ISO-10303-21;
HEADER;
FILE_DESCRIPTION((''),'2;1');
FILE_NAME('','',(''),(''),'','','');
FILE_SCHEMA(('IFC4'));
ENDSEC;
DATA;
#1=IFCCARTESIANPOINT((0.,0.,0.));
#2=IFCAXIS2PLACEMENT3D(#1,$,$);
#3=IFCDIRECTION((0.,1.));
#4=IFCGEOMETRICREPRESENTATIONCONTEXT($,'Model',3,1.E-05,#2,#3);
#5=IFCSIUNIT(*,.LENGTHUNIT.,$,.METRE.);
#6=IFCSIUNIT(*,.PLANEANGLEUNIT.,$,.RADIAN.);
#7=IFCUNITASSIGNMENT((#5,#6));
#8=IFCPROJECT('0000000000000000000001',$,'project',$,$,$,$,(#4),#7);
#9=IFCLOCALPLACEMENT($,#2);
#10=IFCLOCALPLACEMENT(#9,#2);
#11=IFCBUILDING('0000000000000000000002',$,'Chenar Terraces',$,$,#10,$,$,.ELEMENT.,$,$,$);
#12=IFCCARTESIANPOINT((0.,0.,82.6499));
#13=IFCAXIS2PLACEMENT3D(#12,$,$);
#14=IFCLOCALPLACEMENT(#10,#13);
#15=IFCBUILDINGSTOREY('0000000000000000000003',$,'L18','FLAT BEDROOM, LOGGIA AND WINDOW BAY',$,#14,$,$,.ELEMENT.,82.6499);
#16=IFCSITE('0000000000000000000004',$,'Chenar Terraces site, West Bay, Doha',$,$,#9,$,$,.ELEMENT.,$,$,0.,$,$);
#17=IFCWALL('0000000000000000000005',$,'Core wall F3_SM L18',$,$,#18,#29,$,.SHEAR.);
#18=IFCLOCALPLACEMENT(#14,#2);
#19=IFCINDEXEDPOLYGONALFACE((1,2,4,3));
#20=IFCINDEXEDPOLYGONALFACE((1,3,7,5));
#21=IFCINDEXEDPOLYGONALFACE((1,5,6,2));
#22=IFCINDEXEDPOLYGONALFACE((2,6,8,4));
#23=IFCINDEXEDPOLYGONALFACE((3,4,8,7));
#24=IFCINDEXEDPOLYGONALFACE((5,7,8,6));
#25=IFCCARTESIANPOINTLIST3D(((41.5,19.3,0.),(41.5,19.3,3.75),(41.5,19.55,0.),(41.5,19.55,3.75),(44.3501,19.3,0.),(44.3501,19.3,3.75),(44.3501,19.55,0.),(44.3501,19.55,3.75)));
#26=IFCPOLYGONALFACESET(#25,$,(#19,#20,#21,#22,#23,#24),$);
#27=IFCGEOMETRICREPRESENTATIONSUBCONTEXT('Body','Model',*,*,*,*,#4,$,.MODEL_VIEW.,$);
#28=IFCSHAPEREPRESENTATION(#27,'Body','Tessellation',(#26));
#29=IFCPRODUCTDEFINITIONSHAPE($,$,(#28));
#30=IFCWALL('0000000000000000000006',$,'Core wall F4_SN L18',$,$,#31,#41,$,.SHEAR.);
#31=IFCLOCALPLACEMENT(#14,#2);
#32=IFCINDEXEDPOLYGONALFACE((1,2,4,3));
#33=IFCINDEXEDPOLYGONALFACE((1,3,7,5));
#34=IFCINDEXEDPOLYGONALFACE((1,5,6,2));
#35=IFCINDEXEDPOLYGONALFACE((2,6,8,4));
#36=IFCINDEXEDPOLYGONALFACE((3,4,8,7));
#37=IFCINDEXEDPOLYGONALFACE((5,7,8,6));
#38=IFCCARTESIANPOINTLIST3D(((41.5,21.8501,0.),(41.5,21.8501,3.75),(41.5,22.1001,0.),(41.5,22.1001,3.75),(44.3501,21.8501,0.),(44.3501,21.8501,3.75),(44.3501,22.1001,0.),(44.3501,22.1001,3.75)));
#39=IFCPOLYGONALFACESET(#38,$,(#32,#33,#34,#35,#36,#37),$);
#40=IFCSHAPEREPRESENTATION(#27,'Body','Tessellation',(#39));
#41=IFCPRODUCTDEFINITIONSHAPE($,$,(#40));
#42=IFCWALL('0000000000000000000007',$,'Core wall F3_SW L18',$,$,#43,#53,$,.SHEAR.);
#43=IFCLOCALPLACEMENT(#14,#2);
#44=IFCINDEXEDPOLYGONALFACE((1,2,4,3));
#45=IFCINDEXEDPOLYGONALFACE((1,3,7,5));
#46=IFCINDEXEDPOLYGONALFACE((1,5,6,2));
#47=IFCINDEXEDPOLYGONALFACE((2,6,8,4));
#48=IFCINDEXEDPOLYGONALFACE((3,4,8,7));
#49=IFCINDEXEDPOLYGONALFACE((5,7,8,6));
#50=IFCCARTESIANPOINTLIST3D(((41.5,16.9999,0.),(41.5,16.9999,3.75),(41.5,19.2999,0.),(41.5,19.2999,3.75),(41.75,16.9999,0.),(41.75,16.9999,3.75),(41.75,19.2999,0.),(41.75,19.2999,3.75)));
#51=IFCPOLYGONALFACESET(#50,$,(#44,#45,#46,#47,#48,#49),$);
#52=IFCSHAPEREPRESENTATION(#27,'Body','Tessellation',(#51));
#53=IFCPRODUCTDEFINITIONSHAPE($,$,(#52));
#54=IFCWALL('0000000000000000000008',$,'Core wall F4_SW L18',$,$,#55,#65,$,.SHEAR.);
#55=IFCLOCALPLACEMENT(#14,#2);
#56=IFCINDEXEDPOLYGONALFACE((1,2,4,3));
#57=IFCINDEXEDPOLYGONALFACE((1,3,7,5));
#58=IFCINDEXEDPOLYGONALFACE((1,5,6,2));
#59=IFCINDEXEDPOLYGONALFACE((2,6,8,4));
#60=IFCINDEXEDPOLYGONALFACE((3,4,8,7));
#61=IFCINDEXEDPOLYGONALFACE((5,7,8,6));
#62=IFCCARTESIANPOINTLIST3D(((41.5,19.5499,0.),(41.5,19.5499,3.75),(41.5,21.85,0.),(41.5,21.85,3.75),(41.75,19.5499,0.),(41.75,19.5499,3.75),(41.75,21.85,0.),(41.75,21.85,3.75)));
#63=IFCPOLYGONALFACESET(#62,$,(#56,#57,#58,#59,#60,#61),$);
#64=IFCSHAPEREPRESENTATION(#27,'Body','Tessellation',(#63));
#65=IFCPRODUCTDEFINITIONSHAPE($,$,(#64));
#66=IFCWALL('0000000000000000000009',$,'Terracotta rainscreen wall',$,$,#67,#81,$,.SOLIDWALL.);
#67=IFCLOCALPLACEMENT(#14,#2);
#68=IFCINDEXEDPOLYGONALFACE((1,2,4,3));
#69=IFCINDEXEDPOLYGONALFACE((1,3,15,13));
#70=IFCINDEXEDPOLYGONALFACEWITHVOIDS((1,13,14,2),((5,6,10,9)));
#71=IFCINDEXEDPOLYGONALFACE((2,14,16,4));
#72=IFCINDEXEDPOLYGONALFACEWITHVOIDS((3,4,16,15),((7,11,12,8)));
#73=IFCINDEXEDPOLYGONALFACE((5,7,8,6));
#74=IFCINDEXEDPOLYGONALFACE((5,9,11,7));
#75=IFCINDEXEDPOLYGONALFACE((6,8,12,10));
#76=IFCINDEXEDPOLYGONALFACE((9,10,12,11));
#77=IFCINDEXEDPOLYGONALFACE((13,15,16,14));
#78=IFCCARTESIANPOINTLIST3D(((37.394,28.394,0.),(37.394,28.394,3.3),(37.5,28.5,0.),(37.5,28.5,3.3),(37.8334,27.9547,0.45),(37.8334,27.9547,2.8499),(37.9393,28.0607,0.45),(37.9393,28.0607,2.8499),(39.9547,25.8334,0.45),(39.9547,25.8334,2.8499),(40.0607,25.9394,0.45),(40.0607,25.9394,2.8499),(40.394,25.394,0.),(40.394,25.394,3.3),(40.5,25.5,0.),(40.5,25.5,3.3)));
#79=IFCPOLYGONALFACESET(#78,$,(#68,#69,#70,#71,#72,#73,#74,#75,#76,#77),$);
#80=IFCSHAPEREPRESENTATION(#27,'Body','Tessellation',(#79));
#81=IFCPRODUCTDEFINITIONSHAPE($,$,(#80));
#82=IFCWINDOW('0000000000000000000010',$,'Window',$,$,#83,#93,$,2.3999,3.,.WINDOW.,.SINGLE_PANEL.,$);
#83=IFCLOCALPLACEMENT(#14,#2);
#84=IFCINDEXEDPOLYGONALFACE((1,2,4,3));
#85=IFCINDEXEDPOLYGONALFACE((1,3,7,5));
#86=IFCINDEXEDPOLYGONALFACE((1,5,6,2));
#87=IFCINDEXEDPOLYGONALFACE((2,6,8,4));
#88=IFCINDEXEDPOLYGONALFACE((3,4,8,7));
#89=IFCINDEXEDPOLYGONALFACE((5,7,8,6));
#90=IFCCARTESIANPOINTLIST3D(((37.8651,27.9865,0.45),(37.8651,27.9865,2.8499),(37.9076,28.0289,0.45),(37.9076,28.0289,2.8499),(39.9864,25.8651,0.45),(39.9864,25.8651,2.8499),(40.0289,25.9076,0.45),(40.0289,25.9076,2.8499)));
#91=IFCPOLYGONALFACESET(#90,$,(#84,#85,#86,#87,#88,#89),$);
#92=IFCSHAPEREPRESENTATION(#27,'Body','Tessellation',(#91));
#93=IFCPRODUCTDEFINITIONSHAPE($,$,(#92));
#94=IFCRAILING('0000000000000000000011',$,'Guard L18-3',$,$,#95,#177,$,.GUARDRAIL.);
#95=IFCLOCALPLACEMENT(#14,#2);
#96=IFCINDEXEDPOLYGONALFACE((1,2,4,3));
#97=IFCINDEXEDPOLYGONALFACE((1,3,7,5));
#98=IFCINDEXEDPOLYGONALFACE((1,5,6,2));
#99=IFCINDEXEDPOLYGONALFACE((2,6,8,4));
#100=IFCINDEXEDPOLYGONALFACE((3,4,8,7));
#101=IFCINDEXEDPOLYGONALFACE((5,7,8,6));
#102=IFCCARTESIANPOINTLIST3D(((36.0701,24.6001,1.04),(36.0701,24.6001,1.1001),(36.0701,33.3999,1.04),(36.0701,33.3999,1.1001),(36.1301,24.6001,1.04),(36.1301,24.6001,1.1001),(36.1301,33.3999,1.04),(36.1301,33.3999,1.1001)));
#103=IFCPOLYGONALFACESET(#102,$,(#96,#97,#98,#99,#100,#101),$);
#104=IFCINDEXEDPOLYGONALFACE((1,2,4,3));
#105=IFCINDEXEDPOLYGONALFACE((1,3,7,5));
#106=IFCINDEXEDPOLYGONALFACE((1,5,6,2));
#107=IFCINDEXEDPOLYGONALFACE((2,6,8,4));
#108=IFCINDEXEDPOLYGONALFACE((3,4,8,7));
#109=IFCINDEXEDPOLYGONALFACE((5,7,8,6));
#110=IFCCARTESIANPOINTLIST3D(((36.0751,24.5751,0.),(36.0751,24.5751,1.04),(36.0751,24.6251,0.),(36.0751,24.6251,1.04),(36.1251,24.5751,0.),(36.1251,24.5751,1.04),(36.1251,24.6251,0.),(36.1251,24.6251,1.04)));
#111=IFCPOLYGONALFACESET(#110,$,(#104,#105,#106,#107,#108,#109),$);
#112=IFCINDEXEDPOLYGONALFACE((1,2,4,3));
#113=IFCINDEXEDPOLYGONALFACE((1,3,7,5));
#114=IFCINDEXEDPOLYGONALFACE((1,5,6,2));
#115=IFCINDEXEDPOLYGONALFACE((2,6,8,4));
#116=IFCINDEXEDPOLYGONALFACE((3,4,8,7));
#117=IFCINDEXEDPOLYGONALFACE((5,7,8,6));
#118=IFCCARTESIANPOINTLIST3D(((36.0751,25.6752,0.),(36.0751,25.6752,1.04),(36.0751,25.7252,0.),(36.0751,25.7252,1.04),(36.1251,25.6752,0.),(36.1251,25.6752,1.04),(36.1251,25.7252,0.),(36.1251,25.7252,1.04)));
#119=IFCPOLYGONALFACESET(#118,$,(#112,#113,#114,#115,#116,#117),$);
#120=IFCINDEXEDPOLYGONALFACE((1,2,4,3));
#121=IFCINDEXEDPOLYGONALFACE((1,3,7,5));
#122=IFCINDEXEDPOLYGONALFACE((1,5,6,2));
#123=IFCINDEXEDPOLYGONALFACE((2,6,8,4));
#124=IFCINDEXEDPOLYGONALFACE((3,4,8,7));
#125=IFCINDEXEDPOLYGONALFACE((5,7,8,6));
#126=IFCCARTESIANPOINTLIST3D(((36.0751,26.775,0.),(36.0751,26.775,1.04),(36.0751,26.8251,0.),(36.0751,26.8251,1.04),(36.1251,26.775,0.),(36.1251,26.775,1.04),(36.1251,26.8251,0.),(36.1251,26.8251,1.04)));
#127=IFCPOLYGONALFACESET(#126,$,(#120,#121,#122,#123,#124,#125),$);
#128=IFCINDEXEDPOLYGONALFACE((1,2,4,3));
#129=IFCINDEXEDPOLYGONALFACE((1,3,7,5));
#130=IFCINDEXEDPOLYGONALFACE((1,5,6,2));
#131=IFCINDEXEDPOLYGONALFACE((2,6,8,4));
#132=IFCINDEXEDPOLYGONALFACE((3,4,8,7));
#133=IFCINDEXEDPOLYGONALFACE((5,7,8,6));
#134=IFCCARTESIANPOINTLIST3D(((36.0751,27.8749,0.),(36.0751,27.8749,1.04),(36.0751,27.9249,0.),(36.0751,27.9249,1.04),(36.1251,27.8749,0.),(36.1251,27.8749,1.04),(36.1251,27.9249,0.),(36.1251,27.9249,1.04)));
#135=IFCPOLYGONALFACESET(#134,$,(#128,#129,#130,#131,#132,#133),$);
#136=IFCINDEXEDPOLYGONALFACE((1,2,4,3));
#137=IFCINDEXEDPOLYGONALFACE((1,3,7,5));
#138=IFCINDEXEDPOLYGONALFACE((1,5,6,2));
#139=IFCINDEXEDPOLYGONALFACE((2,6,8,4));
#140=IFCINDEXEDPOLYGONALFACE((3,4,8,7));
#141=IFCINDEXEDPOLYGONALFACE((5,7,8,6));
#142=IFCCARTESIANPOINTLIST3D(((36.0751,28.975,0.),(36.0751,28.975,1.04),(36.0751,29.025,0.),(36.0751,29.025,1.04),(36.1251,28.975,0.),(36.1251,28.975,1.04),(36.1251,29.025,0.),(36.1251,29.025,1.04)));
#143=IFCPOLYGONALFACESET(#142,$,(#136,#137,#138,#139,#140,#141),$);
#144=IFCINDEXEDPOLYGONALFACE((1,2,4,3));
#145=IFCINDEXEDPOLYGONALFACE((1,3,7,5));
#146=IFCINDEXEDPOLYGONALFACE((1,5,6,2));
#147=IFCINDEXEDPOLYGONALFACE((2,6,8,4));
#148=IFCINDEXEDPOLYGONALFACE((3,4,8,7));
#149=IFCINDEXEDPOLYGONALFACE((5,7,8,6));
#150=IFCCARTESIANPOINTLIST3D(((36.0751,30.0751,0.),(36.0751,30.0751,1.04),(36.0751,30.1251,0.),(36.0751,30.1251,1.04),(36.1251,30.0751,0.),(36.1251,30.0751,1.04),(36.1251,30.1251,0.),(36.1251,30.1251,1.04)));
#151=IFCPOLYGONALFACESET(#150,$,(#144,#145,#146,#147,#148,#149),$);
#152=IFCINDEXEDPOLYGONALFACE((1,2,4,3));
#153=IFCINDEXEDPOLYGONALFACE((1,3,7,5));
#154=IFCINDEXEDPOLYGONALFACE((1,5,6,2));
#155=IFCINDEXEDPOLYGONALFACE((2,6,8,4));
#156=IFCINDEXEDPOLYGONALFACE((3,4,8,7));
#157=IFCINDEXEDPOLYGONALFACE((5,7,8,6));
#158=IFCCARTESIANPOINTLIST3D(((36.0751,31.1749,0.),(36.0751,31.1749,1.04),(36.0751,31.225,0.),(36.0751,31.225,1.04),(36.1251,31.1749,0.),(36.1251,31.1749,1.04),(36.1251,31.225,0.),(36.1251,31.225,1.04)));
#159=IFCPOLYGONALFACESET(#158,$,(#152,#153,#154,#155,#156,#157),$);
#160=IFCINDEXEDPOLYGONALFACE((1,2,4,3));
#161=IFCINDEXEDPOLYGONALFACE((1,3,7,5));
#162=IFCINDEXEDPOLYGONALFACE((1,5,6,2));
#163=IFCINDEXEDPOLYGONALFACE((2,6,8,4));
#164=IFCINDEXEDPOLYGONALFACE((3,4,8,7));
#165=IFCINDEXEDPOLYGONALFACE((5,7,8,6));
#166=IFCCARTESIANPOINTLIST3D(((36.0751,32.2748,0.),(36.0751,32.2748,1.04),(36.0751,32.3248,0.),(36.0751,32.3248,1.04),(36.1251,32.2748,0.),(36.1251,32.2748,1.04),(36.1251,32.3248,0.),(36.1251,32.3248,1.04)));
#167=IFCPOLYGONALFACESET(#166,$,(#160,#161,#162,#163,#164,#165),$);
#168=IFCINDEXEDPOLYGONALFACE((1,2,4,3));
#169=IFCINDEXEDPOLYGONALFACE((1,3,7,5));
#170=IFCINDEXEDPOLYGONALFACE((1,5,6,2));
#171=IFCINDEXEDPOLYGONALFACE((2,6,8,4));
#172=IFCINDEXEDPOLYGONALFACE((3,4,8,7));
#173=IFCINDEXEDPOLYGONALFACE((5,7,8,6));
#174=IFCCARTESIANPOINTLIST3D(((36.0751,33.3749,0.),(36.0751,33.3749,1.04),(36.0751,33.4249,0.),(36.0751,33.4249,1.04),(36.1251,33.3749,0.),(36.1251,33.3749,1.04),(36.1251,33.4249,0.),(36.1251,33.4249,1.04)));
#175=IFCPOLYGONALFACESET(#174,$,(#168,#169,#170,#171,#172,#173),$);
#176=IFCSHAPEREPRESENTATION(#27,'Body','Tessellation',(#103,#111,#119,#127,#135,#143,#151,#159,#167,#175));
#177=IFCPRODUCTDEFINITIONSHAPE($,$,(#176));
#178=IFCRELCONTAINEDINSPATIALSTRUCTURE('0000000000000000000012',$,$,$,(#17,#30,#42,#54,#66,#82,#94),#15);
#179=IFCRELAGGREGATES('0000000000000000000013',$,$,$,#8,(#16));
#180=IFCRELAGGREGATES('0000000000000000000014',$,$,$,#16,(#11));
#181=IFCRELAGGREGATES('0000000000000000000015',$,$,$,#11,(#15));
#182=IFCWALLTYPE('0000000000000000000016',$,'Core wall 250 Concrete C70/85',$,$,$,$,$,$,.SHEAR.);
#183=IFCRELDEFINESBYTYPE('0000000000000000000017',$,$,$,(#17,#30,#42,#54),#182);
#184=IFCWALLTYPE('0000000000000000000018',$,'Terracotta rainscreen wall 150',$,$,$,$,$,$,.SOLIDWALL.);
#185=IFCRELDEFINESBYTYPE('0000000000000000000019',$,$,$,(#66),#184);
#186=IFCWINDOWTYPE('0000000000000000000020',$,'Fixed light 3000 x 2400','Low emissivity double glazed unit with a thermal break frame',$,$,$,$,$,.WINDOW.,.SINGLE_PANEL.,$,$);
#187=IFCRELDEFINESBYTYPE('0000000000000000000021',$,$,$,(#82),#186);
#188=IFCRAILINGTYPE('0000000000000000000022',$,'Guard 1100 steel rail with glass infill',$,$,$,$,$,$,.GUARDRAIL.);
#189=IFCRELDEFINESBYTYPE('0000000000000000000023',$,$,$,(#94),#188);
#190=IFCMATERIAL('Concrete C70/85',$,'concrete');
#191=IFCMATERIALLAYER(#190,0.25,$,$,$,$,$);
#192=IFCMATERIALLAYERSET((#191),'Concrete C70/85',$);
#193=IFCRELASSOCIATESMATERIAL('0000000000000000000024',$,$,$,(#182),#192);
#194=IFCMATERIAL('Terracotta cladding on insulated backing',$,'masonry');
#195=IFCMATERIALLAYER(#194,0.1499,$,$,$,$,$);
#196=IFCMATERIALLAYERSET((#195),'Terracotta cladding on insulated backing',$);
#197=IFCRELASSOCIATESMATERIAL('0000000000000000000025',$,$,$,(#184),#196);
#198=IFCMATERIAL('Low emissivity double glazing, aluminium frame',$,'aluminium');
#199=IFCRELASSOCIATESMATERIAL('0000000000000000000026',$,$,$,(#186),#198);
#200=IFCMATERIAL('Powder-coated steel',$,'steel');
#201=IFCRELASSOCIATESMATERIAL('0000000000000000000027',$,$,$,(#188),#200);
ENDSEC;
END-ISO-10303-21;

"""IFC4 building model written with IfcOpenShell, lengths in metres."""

from ifc_helpers import new_model, si_unit, direction, frame, frame_2d, origin, origin_2d, place, context, subcontext, project, spatial, rectangle, extrude, material, layer, layer_set, type_object, element, fill, save


model = new_model("IFC4")

# Units and contexts
model_context = context("Model", 3, precision=1e-05, world=origin(), true_north=direction((0.0, 1.0)))
body_context = subcontext(model_context, "Body", "Model", "MODEL_VIEW")
ifc_project = project(units=[si_unit("LENGTHUNIT", "METRE"), si_unit("PLANEANGLEUNIT", "RADIAN")], contexts=[model_context])

# Site, building, storey
site_placement = place(None, origin())
site = spatial("IfcSite", under=ifc_project, at=site_placement, Name="Chenar Terraces site, West Bay, Doha", CompositionType="ELEMENT", RefElevation=0.0)
building_placement = place(site_placement, origin())
building = spatial("IfcBuilding", under=site, at=building_placement, Name="Chenar Terraces", CompositionType="ELEMENT")
storey_placement = place(building_placement, frame((0.0, 0.0, 82.6499)))
storey = spatial("IfcBuildingStorey", under=building, at=storey_placement, Name="L18", Description="FLAT BEDROOM, LOGGIA AND WINDOW BAY", CompositionType="ELEMENT", Elevation=82.6499)

# Walls
ifc_material_1 = material(Name="Concrete C70/85", Category="concrete")
ifc_layer_1 = layer(ifc_material_1, 0.25)
ifc_layer_set_1 = layer_set([ifc_layer_1], Name="Concrete C70/85")
wall_type_1 = type_object("IfcWallType", Name="Core wall 250 Concrete C70/85", PredefinedType="SHEAR", material=ifc_layer_set_1)
for number, where, z_axis, x_axis, name in (
    (1, (41.5, 19.425, 0.0), (0.0, 0.0, 1.0), (1.0, 0.0, 0.0), "Core wall F3_SM L18"),
    (2, (41.5, 21.9751, 0.0), (0.0, 0.0, 1.0), (1.0, 0.0, 0.0), "Core wall F4_SN L18"),
):
    element("IfcWall", number, at=place(storey_placement, frame(where, z_axis=z_axis, x_axis=x_axis)), inside=storey, type_object=wall_type_1, Name=name, PredefinedType="SHEAR", context=body_context, shape_type="SweptSolid", body=[
        extrude(rectangle(XDim=2.8501, YDim=0.25, at=frame_2d((1.425, 0.0))), origin(), (0.0, 0.0, 1.0), 3.75),
    ])
for number, where, z_axis, x_axis, name in (
    (3, (41.625, 17.0, 0.0), (0.0, 0.0, 1.0), (0.0, 1.0, 0.0), "Core wall F3_SW L18"),
    (4, (41.625, 19.55, 0.0), (0.0, 0.0, 1.0), (0.0, 1.0, 0.0), "Core wall F4_SW L18"),
):
    element("IfcWall", number, at=place(storey_placement, frame(where, z_axis=z_axis, x_axis=x_axis)), inside=storey, type_object=wall_type_1, Name=name, PredefinedType="SHEAR", context=body_context, shape_type="SweptSolid", body=[
        extrude(rectangle(XDim=2.3, YDim=0.25, at=frame_2d((1.1499, 0.0))), origin(), (0.0, 0.0, 1.0), 3.75),
    ])

# Wall, opening, window
ifc_material_2 = material(Name="Terracotta cladding on insulated backing", Category="masonry")
ifc_layer_2 = layer(ifc_material_2, 0.1499)
ifc_layer_set_2 = layer_set([ifc_layer_2], Name="Terracotta cladding on insulated backing")
wall_type_2 = type_object("IfcWallType", Name="Terracotta rainscreen wall 150", PredefinedType="SOLIDWALL", material=ifc_layer_set_2)
wall_1_placement = place(storey_placement, frame((40.447, 25.447, 0.0), z_axis=(0.0, 0.0, 1.0), x_axis=(-0.707107, 0.707107, 0.0)))
wall_1 = element("IfcWall", 5, at=wall_1_placement, inside=storey, type_object=wall_type_2, Name="Terracotta rainscreen wall", PredefinedType="SOLIDWALL", context=body_context, shape_type="SweptSolid", body=[
    extrude(rectangle(XDim=4.2427, YDim=0.1499, at=frame_2d((2.1213, 0.0))), origin(), (0.0, 0.0, 1.0), 3.3),
])
opening_1_placement = place(wall_1_placement, frame((0.6213, 0.0, 0.45)))
opening_1 = element("IfcOpeningElement", 6, at=opening_1_placement, cuts=wall_1, PredefinedType="OPENING", context=body_context, shape_type="SweptSolid", body=[
    extrude(rectangle(XDim=3.0, YDim=2.3999, at=frame_2d((1.5, 1.2))), frame((0.0, 0.085, 0.0), z_axis=(0.0, -1.0, 0.0), x_axis=(1.0, 0.0, 0.0)), (0.0, 0.0, 1.0), 0.1699),
])
ifc_material_3 = material(Name="Low emissivity double glazing, aluminium frame", Category="aluminium")
window_type = type_object("IfcWindowType", Name="Fixed light 3000 x 2400", Description="Low emissivity double glazed unit with a thermal break frame", PartitioningType="SINGLE_PANEL", PredefinedType="WINDOW", material=ifc_material_3)
window_placement = place(opening_1_placement, origin())
window = element("IfcWindow", 7, at=window_placement, inside=storey, type_object=window_type, Name="Window", OverallHeight=2.3999, OverallWidth=3.0, PartitioningType="SINGLE_PANEL", PredefinedType="WINDOW", context=body_context, shape_type="SweptSolid", body=[
    extrude(rectangle(XDim=3.0, YDim=2.3999, at=frame_2d((1.5, 1.2))), frame((0.0, 0.03, 0.0), z_axis=(0.0, -1.0, 0.0), x_axis=(1.0, 0.0, 0.0)), (0.0, 0.0, 1.0), 0.0601),
])
fill(opening_1, window)

# Railing
ifc_material_4 = material(Name="Powder-coated steel", Category="steel")
railing_type = type_object("IfcRailingType", Name="Guard 1100 steel rail with glass infill", PredefinedType="GUARDRAIL", material=ifc_material_4)
railing_placement = place(storey_placement, frame((36.1001, 24.6001, 0.0)))
element("IfcRailing", 8, at=railing_placement, inside=storey, type_object=railing_type, Name="Guard L18-3", PredefinedType="GUARDRAIL", context=body_context, shape_type="SweptSolid", body=[
    extrude(rectangle(XDim=0.0601, YDim=0.0601, at=origin_2d()), frame((0.0, 0.0, 1.0701), z_axis=(0.0, 1.0, 0.0), x_axis=(-1.0, 0.0, 0.0)), (0.0, 0.0, 1.0), 8.7998),
    extrude(rectangle(XDim=0.05, YDim=0.05, at=origin_2d()), origin(), (0.0, 0.0, 1.0), 1.04),
    extrude(rectangle(XDim=0.05, YDim=0.05, at=origin_2d()), frame((0.0, 1.1001, 0.0)), (0.0, 0.0, 1.0), 1.04),
    extrude(rectangle(XDim=0.05, YDim=0.05, at=origin_2d()), frame((0.0, 2.2, 0.0)), (0.0, 0.0, 1.0), 1.04),
    extrude(rectangle(XDim=0.05, YDim=0.05, at=origin_2d()), frame((0.0, 3.2998, 0.0)), (0.0, 0.0, 1.0), 1.04),
    extrude(rectangle(XDim=0.05, YDim=0.05, at=origin_2d()), frame((0.0, 4.3999, 0.0)), (0.0, 0.0, 1.0), 1.04),
    extrude(rectangle(XDim=0.05, YDim=0.05, at=origin_2d()), frame((0.0, 5.5, 0.0)), (0.0, 0.0, 1.0), 1.04),
    extrude(rectangle(XDim=0.05, YDim=0.05, at=origin_2d()), frame((0.0, 6.5999, 0.0)), (0.0, 0.0, 1.0), 1.04),
    extrude(rectangle(XDim=0.05, YDim=0.05, at=origin_2d()), frame((0.0, 7.6997, 0.0)), (0.0, 0.0, 1.0), 1.04),
    extrude(rectangle(XDim=0.05, YDim=0.05, at=origin_2d()), frame((0.0, 8.7998, 0.0)), (0.0, 0.0, 1.0), 1.04),
])

save(model, "model.ifc")
